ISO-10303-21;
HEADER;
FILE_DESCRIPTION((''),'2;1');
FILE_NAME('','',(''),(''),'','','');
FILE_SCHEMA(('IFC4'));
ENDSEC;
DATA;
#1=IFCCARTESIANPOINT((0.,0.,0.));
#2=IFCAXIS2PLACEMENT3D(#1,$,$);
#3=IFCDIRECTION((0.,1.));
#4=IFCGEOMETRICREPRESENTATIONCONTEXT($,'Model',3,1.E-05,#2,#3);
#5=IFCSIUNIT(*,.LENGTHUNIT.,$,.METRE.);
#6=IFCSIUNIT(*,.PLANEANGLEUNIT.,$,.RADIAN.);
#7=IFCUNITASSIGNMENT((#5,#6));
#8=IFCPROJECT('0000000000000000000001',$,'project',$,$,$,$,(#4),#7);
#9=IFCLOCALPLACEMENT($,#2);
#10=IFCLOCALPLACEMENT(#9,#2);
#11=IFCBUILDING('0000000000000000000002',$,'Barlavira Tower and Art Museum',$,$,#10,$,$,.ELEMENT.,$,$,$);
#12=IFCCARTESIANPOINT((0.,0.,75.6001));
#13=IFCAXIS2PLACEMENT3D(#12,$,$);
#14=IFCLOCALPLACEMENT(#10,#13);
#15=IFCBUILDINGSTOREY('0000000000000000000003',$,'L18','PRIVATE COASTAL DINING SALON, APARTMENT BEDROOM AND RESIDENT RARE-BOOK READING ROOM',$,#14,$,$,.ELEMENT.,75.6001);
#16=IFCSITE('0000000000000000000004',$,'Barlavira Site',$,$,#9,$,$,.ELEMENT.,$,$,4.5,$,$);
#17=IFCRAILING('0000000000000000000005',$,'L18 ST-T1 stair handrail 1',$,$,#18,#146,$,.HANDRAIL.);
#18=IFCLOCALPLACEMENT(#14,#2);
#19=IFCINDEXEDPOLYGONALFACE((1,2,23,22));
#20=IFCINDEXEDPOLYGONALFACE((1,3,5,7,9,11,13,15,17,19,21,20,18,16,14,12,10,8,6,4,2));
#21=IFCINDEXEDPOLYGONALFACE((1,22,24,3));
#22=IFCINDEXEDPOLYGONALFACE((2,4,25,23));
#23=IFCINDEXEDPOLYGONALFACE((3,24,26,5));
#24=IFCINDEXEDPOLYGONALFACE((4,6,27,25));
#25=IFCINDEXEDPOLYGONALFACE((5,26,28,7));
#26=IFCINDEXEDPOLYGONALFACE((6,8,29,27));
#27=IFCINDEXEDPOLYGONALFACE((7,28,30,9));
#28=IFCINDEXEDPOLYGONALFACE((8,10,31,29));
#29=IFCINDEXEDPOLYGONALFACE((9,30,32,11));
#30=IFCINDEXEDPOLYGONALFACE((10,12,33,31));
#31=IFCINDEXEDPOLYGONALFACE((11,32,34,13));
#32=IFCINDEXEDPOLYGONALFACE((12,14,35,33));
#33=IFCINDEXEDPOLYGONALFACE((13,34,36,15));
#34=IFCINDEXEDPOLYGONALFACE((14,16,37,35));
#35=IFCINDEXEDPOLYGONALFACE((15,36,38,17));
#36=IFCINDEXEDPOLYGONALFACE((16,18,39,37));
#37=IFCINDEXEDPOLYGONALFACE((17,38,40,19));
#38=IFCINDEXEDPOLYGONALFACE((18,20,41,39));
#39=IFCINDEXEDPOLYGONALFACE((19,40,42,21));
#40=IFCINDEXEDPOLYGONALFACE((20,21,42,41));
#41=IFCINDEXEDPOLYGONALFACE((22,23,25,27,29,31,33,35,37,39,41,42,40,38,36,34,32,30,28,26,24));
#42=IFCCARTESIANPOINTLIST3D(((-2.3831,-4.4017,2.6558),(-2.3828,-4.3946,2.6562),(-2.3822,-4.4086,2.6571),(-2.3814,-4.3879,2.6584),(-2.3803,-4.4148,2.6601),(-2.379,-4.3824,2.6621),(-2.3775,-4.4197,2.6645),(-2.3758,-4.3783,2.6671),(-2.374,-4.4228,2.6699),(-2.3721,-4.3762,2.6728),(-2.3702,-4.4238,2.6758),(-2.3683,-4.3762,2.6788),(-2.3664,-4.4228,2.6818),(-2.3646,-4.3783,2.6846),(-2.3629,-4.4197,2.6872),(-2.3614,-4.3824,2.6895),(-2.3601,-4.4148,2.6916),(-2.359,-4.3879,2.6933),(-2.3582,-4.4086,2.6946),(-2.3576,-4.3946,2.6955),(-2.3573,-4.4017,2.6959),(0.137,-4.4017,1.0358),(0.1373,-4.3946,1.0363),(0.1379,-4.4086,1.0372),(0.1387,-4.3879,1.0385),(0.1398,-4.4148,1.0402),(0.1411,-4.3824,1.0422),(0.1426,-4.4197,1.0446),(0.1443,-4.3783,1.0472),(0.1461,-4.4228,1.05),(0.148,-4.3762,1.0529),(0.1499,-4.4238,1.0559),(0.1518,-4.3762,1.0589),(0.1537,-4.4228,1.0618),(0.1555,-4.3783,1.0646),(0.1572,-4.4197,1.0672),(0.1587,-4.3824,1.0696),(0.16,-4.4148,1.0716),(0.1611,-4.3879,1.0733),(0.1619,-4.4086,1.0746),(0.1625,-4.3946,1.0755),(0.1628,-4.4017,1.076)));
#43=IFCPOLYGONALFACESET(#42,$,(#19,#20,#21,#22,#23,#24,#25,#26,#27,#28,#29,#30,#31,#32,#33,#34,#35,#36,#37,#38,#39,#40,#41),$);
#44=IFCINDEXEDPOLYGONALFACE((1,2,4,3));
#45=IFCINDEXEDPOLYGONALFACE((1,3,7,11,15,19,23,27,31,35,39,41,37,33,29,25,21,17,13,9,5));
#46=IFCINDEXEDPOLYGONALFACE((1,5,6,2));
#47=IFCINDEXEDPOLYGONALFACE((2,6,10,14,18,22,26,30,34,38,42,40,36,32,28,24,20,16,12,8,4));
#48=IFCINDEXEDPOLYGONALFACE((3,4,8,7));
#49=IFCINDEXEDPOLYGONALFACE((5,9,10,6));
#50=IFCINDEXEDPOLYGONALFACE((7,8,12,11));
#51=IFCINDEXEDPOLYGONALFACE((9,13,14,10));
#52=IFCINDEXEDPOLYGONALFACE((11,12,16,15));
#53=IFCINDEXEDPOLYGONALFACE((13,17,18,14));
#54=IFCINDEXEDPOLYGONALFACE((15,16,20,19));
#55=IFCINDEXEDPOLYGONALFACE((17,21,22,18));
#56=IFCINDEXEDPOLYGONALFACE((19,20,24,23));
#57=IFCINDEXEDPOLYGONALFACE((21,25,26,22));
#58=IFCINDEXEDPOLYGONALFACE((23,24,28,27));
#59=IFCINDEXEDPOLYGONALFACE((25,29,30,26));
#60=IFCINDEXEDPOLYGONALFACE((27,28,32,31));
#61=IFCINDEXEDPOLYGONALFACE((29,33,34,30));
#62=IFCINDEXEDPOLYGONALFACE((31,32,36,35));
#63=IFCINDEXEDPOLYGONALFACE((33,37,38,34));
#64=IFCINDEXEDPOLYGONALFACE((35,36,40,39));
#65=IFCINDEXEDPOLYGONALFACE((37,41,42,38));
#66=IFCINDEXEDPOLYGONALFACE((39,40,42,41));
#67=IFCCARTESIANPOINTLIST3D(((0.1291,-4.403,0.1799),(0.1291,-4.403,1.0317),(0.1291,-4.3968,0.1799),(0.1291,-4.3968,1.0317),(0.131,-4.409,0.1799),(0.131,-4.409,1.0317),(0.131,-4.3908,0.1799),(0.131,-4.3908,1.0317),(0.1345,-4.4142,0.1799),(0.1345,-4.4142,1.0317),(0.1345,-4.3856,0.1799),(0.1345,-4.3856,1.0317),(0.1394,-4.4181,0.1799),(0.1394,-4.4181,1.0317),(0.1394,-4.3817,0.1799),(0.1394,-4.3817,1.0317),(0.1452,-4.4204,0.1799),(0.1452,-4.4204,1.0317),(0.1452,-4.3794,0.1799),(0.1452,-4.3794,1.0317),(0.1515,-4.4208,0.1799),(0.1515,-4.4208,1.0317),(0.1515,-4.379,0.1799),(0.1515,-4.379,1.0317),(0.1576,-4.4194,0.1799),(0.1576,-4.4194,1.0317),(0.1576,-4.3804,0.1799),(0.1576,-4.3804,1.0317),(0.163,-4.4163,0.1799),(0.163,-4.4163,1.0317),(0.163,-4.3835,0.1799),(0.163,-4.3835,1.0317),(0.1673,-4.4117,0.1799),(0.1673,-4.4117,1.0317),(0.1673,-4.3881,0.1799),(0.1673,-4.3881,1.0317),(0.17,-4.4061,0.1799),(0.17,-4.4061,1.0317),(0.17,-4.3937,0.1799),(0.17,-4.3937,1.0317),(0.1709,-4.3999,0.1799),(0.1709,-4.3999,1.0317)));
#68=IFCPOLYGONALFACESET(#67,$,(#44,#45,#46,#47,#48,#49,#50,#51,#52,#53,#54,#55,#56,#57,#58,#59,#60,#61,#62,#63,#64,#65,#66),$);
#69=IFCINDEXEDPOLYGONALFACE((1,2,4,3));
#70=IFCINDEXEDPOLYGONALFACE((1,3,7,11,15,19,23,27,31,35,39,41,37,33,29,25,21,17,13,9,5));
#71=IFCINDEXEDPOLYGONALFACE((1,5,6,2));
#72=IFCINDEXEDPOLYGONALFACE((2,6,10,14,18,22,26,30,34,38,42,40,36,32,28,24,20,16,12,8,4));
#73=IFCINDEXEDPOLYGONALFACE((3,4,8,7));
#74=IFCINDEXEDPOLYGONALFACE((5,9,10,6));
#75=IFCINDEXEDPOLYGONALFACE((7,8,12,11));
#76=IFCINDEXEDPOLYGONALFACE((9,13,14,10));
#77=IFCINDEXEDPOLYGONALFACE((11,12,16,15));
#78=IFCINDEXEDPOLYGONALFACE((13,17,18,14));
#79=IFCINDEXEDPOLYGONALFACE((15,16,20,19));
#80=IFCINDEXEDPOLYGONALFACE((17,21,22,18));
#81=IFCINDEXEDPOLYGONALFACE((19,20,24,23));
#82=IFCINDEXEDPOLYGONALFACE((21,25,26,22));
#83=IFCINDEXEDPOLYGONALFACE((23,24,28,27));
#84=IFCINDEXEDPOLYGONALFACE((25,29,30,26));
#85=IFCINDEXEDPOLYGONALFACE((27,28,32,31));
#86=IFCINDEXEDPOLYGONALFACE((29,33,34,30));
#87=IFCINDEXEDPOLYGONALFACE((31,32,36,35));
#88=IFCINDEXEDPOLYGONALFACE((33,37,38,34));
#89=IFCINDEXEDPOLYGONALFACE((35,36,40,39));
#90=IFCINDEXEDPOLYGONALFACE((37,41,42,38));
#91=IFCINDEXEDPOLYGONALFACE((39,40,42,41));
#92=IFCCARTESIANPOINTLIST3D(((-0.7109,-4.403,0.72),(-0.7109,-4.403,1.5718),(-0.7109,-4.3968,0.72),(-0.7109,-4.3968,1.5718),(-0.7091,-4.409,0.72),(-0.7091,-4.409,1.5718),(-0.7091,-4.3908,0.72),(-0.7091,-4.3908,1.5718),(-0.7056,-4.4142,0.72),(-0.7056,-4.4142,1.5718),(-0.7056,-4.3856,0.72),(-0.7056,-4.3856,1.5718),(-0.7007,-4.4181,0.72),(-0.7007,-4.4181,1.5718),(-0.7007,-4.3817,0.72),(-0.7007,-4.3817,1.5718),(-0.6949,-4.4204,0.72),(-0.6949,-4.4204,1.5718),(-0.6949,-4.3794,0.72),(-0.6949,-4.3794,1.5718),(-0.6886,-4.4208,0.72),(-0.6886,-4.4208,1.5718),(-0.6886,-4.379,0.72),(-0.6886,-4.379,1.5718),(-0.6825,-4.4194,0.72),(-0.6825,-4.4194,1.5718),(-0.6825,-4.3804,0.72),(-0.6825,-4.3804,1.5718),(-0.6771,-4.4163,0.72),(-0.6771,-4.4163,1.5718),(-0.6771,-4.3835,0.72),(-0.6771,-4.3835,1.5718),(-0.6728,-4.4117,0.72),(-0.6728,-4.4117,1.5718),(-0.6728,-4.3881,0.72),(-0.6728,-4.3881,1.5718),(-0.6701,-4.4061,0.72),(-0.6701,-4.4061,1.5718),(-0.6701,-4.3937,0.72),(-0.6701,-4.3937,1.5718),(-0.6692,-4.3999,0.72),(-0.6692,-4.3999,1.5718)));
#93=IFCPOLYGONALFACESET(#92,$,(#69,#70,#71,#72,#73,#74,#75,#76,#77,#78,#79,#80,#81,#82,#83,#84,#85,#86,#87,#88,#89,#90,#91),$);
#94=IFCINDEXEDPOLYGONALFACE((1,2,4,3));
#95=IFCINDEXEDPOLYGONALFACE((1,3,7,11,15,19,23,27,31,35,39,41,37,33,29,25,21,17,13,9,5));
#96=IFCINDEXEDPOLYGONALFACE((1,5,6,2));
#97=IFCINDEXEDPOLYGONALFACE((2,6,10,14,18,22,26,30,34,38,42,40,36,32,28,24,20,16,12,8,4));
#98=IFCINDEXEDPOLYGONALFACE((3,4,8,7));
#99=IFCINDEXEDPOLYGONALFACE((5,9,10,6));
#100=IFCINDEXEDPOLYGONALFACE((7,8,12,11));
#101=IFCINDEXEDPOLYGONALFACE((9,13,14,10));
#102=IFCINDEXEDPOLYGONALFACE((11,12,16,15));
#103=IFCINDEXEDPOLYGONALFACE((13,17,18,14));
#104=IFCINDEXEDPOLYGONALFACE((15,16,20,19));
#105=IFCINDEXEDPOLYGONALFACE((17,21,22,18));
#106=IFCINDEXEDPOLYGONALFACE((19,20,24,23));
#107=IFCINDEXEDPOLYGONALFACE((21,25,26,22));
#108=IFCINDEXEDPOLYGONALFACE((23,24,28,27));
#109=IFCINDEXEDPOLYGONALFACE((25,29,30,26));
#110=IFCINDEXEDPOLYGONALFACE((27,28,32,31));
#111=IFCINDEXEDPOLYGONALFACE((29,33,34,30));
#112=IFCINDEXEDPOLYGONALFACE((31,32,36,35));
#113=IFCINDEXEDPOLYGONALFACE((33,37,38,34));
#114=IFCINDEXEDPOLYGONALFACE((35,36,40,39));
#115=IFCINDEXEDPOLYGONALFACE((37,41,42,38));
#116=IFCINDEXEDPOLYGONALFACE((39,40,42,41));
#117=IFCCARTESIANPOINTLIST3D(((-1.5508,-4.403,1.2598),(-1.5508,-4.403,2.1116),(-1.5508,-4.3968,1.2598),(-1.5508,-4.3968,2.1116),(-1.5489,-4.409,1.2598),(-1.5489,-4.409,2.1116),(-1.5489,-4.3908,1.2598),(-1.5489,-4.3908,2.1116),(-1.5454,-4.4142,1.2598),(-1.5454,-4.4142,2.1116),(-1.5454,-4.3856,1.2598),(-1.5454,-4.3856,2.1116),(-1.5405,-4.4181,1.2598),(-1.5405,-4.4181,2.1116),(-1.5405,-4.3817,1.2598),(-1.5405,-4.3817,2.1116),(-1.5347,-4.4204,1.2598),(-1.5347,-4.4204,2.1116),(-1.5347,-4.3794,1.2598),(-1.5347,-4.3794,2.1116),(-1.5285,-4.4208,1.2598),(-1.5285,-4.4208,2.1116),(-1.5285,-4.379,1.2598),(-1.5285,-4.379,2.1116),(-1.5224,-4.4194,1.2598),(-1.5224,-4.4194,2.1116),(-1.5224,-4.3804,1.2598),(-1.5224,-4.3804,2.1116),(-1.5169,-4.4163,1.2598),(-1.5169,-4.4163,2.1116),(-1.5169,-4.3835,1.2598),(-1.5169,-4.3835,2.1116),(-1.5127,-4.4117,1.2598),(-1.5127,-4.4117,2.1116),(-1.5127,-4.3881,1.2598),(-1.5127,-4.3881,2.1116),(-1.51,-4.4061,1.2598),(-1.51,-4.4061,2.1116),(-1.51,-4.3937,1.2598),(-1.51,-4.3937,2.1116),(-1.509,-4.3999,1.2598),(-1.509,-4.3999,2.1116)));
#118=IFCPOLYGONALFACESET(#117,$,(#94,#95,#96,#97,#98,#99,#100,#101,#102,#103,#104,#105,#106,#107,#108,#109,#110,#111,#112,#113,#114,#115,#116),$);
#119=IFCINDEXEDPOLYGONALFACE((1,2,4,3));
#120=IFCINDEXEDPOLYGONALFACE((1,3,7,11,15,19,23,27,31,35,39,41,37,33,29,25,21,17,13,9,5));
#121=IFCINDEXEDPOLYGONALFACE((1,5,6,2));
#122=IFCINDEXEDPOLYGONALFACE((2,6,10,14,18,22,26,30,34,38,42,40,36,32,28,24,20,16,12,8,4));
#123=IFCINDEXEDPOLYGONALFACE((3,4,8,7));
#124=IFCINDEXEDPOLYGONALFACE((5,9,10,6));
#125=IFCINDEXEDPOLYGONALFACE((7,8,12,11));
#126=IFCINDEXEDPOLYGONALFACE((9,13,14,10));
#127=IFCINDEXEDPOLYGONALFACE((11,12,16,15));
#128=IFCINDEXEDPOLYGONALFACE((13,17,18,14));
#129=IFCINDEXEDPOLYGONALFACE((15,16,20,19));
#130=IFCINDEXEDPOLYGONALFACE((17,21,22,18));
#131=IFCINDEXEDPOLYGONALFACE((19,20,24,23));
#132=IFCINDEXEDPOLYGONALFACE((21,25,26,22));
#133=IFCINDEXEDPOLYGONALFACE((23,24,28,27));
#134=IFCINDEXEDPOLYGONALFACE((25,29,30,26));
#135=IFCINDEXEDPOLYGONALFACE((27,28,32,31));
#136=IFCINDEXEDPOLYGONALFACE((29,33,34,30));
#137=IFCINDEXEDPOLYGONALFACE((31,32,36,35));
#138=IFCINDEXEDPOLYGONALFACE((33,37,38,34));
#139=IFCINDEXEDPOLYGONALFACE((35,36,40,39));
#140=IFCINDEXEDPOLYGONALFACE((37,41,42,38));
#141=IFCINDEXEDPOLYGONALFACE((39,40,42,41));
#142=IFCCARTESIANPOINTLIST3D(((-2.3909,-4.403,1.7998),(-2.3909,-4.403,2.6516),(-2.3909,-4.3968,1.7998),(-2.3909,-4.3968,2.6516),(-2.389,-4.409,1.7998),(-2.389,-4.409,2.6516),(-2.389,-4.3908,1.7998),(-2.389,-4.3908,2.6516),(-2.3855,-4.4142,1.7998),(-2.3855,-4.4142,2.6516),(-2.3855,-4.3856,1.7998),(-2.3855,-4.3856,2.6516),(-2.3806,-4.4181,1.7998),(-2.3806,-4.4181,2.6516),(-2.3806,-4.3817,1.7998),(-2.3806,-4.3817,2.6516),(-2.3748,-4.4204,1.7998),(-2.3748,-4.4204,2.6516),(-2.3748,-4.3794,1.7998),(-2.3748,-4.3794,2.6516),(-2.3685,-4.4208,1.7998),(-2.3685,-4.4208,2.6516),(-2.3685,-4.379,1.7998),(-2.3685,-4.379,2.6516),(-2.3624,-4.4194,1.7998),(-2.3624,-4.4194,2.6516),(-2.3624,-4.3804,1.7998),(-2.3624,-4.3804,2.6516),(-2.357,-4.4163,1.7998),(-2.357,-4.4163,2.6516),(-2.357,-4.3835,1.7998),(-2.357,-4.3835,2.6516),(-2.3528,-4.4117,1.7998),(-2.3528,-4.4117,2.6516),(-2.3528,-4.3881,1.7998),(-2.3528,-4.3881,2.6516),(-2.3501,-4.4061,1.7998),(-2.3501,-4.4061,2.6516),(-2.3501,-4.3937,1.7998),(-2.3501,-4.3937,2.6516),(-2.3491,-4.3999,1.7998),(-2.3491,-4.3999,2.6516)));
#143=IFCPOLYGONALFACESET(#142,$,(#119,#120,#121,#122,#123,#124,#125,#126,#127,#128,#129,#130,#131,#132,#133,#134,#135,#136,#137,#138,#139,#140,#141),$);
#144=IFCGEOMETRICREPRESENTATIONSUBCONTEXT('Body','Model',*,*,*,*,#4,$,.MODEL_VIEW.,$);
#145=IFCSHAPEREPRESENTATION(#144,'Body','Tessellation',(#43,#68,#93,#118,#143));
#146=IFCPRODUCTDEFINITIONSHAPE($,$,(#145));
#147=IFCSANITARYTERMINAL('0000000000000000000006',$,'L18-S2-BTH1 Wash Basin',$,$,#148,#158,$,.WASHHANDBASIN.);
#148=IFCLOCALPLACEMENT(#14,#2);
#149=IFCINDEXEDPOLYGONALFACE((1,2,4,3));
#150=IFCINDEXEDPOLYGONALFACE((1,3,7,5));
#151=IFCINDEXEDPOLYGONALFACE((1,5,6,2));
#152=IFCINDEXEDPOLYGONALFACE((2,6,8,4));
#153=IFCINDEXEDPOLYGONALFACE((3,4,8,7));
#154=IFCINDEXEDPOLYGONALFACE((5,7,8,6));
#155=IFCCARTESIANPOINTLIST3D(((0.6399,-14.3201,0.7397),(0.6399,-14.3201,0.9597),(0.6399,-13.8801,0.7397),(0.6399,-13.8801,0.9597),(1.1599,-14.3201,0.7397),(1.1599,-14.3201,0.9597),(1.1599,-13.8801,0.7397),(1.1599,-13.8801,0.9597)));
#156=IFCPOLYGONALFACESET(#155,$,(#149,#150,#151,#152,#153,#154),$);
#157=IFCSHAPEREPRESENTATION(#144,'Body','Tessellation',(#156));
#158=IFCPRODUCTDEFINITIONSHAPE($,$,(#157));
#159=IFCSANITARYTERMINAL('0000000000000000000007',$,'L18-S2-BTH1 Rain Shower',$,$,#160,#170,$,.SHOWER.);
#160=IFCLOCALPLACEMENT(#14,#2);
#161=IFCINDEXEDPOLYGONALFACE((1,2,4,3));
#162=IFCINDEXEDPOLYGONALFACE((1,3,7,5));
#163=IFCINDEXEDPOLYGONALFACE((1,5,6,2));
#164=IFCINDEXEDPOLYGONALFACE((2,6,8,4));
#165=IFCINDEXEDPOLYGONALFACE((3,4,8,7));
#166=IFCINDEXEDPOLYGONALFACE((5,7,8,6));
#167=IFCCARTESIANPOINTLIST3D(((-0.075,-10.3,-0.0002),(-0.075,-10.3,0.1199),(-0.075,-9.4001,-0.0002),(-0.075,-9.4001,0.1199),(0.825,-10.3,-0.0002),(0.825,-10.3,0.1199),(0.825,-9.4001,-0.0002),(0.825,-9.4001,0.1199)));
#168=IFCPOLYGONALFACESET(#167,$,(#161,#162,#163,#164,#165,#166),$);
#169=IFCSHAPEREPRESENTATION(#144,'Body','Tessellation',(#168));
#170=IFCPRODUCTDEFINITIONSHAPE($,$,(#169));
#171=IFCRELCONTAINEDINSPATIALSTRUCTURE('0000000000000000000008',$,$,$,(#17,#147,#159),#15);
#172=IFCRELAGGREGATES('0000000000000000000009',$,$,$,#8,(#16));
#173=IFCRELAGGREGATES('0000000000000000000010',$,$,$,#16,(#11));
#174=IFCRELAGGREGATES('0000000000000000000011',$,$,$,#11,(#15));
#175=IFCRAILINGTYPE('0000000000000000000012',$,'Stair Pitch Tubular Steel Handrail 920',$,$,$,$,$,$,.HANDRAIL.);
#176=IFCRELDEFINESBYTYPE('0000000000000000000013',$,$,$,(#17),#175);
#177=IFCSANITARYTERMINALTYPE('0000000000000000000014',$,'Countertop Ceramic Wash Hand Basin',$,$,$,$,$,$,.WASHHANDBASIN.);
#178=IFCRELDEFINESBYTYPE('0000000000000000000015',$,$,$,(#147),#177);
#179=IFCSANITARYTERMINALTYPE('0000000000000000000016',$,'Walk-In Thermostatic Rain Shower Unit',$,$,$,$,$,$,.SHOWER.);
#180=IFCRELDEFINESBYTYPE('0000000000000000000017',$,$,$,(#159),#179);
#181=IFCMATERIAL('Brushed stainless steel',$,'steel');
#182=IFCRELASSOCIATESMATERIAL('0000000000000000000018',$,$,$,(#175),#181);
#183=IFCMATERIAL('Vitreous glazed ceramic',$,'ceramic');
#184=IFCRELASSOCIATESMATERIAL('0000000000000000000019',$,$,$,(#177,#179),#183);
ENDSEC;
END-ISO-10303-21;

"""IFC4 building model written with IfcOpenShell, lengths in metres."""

from ifc_helpers import new_model, si_unit, direction, frame, origin, origin_2d, place, context, subcontext, project, spatial, rectangle, circle, extrude, material, type_object, element, save


model = new_model("IFC4")

# Units and contexts
model_context = context("Model", 3, precision=1e-05, world=origin(), true_north=direction((0.0, 1.0)))
body_context = subcontext(model_context, "Body", "Model", "MODEL_VIEW")
ifc_project = project(units=[si_unit("LENGTHUNIT", "METRE"), si_unit("PLANEANGLEUNIT", "RADIAN")], contexts=[model_context])

# Site, building, storey
site_placement = place(None, origin())
site = spatial("IfcSite", under=ifc_project, at=site_placement, Name="Barlavira Site", CompositionType="ELEMENT", RefElevation=4.5)
building_placement = place(site_placement, origin())
building = spatial("IfcBuilding", under=site, at=building_placement, Name="Barlavira Tower and Art Museum", CompositionType="ELEMENT")
storey_placement = place(building_placement, frame((0.0, 0.0, 75.6001)))
storey = spatial("IfcBuildingStorey", under=building, at=storey_placement, Name="L18", Description="PRIVATE COASTAL DINING SALON, APARTMENT BEDROOM AND RESIDENT RARE-BOOK READING ROOM", CompositionType="ELEMENT", Elevation=75.6001)

# Shared definitions
ifc_material_1 = material(Name="Brushed stainless steel", Category="steel")

# Railing
railing_type_1 = type_object("IfcRailingType", Name="Stair Pitch Tubular Steel Handrail 920", PredefinedType="HANDRAIL", material=ifc_material_1)
railing_1_placement = place(storey_placement, frame((0.1499, -4.3999, 0.1799)))
element("IfcRailing", 1, at=railing_1_placement, inside=storey, type_object=railing_type_1, Name="L18 ST-T1 stair handrail 1", PredefinedType="HANDRAIL", context=body_context, shape_type="SweptSolid", body=[
    extrude(circle(Radius=0.0239, at=origin_2d()), frame((0.0, 0.0, 0.876), z_axis=(-0.8412, 0.0, 0.540725), x_axis=(0.0, -1.0, 0.0)), (0.0, 0.0, 1.0), 2.9958),
    extrude(circle(Radius=0.021, at=origin_2d()), origin(), (0.0, 0.0, 1.0), 0.8518),
    extrude(circle(Radius=0.021, at=origin_2d()), frame((-0.8401, 0.0, 0.54)), (0.0, 0.0, 1.0), 0.8518),
    extrude(circle(Radius=0.021, at=origin_2d()), frame((-1.6799, 0.0, 1.0798)), (0.0, 0.0, 1.0), 0.8518),
    extrude(circle(Radius=0.021, at=origin_2d()), frame((-2.52, 0.0, 1.6199)), (0.0, 0.0, 1.0), 0.8518),
])

# Sanitary terminals
ifc_material_2 = material(Name="Vitreous glazed ceramic", Category="ceramic")
sanitary_terminal_type_1 = type_object("IfcSanitaryTerminalType", Name="Countertop Ceramic Wash Hand Basin", PredefinedType="WASHHANDBASIN", material=ifc_material_2)
sanitary_terminal_1_placement = place(storey_placement, frame((0.8999, -14.1001, 0.7397), z_axis=(0.0, 0.0, 1.0), x_axis=(1.0, 0.0, 0.0)))
element("IfcSanitaryTerminal", 2, at=sanitary_terminal_1_placement, inside=storey, type_object=sanitary_terminal_type_1, Name="L18-S2-BTH1 Wash Basin", PredefinedType="WASHHANDBASIN", context=body_context, shape_type="SweptSolid", body=[
    extrude(rectangle(XDim=0.52, YDim=0.4399, at=origin_2d()), origin(), (0.0, 0.0, 1.0), 0.22),
])
sanitary_terminal_type_2 = type_object("IfcSanitaryTerminalType", Name="Walk-In Thermostatic Rain Shower Unit", PredefinedType="SHOWER", material=ifc_material_2)
sanitary_terminal_2_placement = place(storey_placement, frame((0.375, -9.8501, -0.0002), z_axis=(0.0, 0.0, 1.0), x_axis=(1.0, 0.0, 0.0)))
element("IfcSanitaryTerminal", 3, at=sanitary_terminal_2_placement, inside=storey, type_object=sanitary_terminal_type_2, Name="L18-S2-BTH1 Rain Shower", PredefinedType="SHOWER", context=body_context, shape_type="SweptSolid", body=[
    extrude(rectangle(XDim=0.8999, YDim=0.8999, at=origin_2d()), origin(), (0.0, 0.0, 1.0), 0.1201),
])

save(model, "model.ifc")
